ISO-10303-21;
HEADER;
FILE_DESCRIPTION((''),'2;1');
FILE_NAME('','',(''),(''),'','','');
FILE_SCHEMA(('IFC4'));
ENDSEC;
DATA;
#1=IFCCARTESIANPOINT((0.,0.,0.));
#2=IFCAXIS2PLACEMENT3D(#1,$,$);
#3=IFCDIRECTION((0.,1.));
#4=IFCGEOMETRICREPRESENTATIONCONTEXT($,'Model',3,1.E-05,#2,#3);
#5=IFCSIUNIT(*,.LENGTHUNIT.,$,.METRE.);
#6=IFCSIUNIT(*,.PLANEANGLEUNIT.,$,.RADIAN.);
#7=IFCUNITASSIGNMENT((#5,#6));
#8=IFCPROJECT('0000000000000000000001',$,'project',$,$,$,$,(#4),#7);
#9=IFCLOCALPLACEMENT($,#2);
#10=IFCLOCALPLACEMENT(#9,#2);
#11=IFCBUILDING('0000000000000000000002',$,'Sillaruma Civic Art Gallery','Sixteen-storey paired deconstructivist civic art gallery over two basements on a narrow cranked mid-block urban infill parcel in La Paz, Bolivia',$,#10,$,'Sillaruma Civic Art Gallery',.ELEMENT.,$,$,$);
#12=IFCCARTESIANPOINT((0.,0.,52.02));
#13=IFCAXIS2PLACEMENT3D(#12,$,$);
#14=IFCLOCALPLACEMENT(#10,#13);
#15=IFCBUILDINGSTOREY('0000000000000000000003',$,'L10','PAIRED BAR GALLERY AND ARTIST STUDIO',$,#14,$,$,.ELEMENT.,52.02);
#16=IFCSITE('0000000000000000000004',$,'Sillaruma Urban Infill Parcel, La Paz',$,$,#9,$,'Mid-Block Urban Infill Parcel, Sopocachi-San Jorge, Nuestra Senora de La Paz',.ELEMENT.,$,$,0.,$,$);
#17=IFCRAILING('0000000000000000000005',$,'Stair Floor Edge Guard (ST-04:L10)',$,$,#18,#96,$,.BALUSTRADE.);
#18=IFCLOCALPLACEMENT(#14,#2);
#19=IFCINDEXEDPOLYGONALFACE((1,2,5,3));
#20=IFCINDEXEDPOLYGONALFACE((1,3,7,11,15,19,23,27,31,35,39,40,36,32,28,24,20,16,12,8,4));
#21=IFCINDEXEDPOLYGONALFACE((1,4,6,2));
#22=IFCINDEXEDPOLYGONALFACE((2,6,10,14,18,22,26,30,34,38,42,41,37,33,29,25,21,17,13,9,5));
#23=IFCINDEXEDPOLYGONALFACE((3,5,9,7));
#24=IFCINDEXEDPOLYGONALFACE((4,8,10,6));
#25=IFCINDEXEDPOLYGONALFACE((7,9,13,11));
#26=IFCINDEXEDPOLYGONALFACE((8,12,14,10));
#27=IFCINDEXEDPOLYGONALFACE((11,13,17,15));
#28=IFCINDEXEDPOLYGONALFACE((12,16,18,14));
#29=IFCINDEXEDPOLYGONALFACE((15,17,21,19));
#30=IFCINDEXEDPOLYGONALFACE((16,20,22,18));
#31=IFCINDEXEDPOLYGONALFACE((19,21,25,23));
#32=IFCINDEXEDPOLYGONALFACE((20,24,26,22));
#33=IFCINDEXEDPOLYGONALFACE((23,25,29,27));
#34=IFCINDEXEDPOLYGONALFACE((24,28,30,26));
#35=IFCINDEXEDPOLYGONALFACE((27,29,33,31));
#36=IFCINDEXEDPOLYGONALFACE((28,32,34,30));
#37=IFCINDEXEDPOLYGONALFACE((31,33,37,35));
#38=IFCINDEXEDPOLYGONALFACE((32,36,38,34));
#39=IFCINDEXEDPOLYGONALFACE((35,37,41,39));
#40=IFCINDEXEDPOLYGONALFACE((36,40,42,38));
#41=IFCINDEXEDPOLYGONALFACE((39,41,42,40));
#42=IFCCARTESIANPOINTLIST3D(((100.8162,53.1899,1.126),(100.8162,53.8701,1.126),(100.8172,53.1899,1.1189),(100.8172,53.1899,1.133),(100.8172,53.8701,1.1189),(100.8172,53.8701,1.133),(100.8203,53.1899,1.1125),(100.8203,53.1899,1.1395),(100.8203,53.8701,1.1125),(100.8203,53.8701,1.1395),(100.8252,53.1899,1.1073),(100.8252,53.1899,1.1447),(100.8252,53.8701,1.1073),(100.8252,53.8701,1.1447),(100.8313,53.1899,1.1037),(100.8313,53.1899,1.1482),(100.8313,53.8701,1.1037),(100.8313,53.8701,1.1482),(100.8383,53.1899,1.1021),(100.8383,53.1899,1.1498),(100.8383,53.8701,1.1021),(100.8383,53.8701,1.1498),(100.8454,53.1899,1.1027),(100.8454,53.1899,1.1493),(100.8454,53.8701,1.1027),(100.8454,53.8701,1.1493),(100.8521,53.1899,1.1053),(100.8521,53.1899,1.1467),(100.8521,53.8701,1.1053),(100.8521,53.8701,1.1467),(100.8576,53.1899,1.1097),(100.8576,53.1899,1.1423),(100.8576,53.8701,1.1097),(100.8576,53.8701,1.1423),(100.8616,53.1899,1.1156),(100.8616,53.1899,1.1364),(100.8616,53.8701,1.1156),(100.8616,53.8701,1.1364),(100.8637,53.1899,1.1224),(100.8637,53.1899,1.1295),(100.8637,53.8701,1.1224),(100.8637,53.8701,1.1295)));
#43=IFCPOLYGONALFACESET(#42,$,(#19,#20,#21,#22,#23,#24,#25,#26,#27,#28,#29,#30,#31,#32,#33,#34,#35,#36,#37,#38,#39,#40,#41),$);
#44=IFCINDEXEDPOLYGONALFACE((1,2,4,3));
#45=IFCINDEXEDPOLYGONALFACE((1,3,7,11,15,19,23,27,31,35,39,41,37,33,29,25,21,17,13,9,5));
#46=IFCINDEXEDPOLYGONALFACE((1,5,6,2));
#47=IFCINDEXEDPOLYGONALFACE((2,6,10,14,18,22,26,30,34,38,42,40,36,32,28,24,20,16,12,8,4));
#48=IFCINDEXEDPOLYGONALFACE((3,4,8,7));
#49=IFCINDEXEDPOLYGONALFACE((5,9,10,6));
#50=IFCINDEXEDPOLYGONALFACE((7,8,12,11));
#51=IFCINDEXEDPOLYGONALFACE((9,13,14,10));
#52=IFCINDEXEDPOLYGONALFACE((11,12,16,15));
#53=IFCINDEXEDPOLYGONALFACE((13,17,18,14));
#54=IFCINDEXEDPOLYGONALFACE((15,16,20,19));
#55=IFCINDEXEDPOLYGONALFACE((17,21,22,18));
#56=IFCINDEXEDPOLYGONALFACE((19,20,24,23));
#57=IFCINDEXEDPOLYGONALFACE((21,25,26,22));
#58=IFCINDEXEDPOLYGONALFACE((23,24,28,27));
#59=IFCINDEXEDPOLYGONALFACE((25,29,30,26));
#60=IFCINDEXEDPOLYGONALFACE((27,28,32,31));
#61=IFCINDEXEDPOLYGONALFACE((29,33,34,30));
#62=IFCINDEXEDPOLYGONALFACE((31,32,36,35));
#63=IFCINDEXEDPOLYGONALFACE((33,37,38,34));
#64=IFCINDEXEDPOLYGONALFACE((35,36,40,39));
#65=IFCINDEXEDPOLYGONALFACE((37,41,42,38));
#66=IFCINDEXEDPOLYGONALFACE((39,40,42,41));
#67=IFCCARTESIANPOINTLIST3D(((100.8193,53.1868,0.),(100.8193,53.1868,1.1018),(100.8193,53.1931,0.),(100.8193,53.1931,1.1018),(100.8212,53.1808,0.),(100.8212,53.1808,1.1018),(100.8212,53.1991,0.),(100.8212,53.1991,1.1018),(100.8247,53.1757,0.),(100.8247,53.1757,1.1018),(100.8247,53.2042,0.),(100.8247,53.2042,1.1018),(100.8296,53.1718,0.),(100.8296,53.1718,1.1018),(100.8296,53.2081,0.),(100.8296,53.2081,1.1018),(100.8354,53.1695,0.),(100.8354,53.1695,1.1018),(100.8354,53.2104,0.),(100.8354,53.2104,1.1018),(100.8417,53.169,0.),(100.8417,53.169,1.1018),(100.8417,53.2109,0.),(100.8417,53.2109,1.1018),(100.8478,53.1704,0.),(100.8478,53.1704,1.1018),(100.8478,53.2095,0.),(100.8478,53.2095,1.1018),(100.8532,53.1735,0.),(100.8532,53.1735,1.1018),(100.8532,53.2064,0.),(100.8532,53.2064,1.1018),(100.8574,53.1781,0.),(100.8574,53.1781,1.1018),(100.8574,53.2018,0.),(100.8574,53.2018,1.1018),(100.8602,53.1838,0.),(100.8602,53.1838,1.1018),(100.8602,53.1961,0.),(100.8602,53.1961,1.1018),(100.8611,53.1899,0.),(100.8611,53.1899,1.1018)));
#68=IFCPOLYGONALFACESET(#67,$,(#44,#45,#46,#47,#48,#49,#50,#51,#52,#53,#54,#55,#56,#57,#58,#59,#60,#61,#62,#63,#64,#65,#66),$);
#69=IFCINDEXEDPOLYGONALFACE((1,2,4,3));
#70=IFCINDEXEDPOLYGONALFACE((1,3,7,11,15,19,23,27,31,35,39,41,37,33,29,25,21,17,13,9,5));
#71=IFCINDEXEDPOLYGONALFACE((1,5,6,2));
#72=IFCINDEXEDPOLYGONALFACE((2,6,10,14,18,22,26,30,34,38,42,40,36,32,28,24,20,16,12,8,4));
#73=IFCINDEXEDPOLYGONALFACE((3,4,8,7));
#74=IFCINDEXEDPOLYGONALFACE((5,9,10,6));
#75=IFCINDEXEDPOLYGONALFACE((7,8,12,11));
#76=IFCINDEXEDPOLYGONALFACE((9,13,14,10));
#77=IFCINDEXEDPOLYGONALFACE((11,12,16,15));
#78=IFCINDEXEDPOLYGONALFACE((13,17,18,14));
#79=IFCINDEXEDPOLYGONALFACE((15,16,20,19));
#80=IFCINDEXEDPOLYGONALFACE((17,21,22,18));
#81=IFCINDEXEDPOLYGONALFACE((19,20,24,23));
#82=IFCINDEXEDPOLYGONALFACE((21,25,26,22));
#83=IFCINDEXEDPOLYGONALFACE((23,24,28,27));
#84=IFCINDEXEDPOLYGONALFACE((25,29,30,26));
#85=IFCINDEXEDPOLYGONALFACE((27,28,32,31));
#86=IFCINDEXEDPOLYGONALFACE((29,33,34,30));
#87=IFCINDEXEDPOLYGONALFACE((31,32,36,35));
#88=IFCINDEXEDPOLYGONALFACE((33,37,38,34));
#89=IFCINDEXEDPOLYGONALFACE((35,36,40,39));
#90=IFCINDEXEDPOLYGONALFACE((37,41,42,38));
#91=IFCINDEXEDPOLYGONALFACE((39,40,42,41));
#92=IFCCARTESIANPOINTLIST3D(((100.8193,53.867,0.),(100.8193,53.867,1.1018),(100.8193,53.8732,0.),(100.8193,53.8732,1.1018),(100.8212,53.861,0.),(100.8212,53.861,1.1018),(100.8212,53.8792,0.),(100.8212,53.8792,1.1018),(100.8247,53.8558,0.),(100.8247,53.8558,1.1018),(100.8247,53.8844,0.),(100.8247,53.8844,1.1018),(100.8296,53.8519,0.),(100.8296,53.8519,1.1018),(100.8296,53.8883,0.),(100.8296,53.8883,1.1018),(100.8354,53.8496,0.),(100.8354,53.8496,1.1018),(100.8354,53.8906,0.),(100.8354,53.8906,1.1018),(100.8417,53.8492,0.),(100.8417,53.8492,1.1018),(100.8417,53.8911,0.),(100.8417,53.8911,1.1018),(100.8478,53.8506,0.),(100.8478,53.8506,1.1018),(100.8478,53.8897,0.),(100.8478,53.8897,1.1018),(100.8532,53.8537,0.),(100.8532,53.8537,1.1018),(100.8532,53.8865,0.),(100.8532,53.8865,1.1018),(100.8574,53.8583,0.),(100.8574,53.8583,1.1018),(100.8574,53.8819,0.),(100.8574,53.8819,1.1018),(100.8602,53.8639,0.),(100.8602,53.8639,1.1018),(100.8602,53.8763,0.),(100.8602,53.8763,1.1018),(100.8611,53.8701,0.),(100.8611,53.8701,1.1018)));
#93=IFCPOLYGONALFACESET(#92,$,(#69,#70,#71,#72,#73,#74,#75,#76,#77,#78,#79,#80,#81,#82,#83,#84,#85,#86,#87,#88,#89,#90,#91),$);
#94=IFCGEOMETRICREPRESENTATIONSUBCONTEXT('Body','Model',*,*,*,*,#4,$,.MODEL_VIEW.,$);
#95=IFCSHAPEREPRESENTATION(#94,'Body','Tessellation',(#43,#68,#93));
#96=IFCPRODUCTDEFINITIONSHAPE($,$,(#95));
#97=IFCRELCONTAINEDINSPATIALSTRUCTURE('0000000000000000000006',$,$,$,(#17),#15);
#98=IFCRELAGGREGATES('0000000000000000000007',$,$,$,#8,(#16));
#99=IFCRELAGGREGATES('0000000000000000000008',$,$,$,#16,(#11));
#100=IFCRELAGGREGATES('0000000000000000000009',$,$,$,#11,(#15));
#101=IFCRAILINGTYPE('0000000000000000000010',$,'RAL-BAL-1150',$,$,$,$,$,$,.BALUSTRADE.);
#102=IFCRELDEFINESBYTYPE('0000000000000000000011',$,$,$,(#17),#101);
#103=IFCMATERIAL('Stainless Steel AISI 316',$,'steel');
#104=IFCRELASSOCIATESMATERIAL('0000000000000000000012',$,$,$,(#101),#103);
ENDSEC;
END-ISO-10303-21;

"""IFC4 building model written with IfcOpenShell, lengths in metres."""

from ifc_helpers import new_model, si_unit, direction, frame, origin, origin_2d, place, context, subcontext, project, spatial, circle, extrude, material, type_object, element, save


model = new_model("IFC4")

# Units and contexts
model_context = context("Model", 3, precision=1e-05, world=origin(), true_north=direction((0.0, 1.0)))
body_context = subcontext(model_context, "Body", "Model", "MODEL_VIEW")
ifc_project = project(units=[si_unit("LENGTHUNIT", "METRE"), si_unit("PLANEANGLEUNIT", "RADIAN")], contexts=[model_context])

# Site, building, storey
site_placement = place(None, origin())
site = spatial("IfcSite", under=ifc_project, at=site_placement, Name="Sillaruma Urban Infill Parcel, La Paz", LongName="Mid-Block Urban Infill Parcel, Sopocachi-San Jorge, Nuestra Senora de La Paz", CompositionType="ELEMENT", RefElevation=0.0)
building_placement = place(site_placement, origin())
building = spatial("IfcBuilding", under=site, at=building_placement, Name="Sillaruma Civic Art Gallery", Description="Sixteen-storey paired deconstructivist civic art gallery over two basements on a narrow cranked mid-block urban infill parcel in La Paz, Bolivia", LongName="Sillaruma Civic Art Gallery", CompositionType="ELEMENT")
storey_placement = place(building_placement, frame((0.0, 0.0, 52.02)))
storey = spatial("IfcBuildingStorey", under=building, at=storey_placement, Name="L10", Description="PAIRED BAR GALLERY AND ARTIST STUDIO", CompositionType="ELEMENT", Elevation=52.02)

# Railing
ifc_material_1 = material(Name="Stainless Steel AISI 316", Category="steel")
railing_type_1 = type_object("IfcRailingType", Name="RAL-BAL-1150", PredefinedType="BALUSTRADE", material=ifc_material_1)
railing_1_placement = place(storey_placement, frame((100.8401, 53.1899, 0.0)))
element("IfcRailing", 1, at=railing_1_placement, inside=storey, type_object=railing_type_1, Name="Stair Floor Edge Guard (ST-04:L10)", PredefinedType="BALUSTRADE", context=body_context, shape_type="SweptSolid", body=[
    extrude(circle(Radius=0.0239, at=origin_2d()), frame((0.0, 0.0, 1.126), z_axis=(0.0, 1.0, 0.0), x_axis=(-1.0, 0.0, 0.0)), (0.0, 0.0, 1.0), 0.6802),
    extrude(circle(Radius=0.021, at=origin_2d()), origin(), (0.0, 0.0, 1.0), 1.1018),
    extrude(circle(Radius=0.021, at=origin_2d()), frame((0.0, 0.6802, 0.0)), (0.0, 0.0, 1.0), 1.1018),
])

save(model, "model.ifc")
